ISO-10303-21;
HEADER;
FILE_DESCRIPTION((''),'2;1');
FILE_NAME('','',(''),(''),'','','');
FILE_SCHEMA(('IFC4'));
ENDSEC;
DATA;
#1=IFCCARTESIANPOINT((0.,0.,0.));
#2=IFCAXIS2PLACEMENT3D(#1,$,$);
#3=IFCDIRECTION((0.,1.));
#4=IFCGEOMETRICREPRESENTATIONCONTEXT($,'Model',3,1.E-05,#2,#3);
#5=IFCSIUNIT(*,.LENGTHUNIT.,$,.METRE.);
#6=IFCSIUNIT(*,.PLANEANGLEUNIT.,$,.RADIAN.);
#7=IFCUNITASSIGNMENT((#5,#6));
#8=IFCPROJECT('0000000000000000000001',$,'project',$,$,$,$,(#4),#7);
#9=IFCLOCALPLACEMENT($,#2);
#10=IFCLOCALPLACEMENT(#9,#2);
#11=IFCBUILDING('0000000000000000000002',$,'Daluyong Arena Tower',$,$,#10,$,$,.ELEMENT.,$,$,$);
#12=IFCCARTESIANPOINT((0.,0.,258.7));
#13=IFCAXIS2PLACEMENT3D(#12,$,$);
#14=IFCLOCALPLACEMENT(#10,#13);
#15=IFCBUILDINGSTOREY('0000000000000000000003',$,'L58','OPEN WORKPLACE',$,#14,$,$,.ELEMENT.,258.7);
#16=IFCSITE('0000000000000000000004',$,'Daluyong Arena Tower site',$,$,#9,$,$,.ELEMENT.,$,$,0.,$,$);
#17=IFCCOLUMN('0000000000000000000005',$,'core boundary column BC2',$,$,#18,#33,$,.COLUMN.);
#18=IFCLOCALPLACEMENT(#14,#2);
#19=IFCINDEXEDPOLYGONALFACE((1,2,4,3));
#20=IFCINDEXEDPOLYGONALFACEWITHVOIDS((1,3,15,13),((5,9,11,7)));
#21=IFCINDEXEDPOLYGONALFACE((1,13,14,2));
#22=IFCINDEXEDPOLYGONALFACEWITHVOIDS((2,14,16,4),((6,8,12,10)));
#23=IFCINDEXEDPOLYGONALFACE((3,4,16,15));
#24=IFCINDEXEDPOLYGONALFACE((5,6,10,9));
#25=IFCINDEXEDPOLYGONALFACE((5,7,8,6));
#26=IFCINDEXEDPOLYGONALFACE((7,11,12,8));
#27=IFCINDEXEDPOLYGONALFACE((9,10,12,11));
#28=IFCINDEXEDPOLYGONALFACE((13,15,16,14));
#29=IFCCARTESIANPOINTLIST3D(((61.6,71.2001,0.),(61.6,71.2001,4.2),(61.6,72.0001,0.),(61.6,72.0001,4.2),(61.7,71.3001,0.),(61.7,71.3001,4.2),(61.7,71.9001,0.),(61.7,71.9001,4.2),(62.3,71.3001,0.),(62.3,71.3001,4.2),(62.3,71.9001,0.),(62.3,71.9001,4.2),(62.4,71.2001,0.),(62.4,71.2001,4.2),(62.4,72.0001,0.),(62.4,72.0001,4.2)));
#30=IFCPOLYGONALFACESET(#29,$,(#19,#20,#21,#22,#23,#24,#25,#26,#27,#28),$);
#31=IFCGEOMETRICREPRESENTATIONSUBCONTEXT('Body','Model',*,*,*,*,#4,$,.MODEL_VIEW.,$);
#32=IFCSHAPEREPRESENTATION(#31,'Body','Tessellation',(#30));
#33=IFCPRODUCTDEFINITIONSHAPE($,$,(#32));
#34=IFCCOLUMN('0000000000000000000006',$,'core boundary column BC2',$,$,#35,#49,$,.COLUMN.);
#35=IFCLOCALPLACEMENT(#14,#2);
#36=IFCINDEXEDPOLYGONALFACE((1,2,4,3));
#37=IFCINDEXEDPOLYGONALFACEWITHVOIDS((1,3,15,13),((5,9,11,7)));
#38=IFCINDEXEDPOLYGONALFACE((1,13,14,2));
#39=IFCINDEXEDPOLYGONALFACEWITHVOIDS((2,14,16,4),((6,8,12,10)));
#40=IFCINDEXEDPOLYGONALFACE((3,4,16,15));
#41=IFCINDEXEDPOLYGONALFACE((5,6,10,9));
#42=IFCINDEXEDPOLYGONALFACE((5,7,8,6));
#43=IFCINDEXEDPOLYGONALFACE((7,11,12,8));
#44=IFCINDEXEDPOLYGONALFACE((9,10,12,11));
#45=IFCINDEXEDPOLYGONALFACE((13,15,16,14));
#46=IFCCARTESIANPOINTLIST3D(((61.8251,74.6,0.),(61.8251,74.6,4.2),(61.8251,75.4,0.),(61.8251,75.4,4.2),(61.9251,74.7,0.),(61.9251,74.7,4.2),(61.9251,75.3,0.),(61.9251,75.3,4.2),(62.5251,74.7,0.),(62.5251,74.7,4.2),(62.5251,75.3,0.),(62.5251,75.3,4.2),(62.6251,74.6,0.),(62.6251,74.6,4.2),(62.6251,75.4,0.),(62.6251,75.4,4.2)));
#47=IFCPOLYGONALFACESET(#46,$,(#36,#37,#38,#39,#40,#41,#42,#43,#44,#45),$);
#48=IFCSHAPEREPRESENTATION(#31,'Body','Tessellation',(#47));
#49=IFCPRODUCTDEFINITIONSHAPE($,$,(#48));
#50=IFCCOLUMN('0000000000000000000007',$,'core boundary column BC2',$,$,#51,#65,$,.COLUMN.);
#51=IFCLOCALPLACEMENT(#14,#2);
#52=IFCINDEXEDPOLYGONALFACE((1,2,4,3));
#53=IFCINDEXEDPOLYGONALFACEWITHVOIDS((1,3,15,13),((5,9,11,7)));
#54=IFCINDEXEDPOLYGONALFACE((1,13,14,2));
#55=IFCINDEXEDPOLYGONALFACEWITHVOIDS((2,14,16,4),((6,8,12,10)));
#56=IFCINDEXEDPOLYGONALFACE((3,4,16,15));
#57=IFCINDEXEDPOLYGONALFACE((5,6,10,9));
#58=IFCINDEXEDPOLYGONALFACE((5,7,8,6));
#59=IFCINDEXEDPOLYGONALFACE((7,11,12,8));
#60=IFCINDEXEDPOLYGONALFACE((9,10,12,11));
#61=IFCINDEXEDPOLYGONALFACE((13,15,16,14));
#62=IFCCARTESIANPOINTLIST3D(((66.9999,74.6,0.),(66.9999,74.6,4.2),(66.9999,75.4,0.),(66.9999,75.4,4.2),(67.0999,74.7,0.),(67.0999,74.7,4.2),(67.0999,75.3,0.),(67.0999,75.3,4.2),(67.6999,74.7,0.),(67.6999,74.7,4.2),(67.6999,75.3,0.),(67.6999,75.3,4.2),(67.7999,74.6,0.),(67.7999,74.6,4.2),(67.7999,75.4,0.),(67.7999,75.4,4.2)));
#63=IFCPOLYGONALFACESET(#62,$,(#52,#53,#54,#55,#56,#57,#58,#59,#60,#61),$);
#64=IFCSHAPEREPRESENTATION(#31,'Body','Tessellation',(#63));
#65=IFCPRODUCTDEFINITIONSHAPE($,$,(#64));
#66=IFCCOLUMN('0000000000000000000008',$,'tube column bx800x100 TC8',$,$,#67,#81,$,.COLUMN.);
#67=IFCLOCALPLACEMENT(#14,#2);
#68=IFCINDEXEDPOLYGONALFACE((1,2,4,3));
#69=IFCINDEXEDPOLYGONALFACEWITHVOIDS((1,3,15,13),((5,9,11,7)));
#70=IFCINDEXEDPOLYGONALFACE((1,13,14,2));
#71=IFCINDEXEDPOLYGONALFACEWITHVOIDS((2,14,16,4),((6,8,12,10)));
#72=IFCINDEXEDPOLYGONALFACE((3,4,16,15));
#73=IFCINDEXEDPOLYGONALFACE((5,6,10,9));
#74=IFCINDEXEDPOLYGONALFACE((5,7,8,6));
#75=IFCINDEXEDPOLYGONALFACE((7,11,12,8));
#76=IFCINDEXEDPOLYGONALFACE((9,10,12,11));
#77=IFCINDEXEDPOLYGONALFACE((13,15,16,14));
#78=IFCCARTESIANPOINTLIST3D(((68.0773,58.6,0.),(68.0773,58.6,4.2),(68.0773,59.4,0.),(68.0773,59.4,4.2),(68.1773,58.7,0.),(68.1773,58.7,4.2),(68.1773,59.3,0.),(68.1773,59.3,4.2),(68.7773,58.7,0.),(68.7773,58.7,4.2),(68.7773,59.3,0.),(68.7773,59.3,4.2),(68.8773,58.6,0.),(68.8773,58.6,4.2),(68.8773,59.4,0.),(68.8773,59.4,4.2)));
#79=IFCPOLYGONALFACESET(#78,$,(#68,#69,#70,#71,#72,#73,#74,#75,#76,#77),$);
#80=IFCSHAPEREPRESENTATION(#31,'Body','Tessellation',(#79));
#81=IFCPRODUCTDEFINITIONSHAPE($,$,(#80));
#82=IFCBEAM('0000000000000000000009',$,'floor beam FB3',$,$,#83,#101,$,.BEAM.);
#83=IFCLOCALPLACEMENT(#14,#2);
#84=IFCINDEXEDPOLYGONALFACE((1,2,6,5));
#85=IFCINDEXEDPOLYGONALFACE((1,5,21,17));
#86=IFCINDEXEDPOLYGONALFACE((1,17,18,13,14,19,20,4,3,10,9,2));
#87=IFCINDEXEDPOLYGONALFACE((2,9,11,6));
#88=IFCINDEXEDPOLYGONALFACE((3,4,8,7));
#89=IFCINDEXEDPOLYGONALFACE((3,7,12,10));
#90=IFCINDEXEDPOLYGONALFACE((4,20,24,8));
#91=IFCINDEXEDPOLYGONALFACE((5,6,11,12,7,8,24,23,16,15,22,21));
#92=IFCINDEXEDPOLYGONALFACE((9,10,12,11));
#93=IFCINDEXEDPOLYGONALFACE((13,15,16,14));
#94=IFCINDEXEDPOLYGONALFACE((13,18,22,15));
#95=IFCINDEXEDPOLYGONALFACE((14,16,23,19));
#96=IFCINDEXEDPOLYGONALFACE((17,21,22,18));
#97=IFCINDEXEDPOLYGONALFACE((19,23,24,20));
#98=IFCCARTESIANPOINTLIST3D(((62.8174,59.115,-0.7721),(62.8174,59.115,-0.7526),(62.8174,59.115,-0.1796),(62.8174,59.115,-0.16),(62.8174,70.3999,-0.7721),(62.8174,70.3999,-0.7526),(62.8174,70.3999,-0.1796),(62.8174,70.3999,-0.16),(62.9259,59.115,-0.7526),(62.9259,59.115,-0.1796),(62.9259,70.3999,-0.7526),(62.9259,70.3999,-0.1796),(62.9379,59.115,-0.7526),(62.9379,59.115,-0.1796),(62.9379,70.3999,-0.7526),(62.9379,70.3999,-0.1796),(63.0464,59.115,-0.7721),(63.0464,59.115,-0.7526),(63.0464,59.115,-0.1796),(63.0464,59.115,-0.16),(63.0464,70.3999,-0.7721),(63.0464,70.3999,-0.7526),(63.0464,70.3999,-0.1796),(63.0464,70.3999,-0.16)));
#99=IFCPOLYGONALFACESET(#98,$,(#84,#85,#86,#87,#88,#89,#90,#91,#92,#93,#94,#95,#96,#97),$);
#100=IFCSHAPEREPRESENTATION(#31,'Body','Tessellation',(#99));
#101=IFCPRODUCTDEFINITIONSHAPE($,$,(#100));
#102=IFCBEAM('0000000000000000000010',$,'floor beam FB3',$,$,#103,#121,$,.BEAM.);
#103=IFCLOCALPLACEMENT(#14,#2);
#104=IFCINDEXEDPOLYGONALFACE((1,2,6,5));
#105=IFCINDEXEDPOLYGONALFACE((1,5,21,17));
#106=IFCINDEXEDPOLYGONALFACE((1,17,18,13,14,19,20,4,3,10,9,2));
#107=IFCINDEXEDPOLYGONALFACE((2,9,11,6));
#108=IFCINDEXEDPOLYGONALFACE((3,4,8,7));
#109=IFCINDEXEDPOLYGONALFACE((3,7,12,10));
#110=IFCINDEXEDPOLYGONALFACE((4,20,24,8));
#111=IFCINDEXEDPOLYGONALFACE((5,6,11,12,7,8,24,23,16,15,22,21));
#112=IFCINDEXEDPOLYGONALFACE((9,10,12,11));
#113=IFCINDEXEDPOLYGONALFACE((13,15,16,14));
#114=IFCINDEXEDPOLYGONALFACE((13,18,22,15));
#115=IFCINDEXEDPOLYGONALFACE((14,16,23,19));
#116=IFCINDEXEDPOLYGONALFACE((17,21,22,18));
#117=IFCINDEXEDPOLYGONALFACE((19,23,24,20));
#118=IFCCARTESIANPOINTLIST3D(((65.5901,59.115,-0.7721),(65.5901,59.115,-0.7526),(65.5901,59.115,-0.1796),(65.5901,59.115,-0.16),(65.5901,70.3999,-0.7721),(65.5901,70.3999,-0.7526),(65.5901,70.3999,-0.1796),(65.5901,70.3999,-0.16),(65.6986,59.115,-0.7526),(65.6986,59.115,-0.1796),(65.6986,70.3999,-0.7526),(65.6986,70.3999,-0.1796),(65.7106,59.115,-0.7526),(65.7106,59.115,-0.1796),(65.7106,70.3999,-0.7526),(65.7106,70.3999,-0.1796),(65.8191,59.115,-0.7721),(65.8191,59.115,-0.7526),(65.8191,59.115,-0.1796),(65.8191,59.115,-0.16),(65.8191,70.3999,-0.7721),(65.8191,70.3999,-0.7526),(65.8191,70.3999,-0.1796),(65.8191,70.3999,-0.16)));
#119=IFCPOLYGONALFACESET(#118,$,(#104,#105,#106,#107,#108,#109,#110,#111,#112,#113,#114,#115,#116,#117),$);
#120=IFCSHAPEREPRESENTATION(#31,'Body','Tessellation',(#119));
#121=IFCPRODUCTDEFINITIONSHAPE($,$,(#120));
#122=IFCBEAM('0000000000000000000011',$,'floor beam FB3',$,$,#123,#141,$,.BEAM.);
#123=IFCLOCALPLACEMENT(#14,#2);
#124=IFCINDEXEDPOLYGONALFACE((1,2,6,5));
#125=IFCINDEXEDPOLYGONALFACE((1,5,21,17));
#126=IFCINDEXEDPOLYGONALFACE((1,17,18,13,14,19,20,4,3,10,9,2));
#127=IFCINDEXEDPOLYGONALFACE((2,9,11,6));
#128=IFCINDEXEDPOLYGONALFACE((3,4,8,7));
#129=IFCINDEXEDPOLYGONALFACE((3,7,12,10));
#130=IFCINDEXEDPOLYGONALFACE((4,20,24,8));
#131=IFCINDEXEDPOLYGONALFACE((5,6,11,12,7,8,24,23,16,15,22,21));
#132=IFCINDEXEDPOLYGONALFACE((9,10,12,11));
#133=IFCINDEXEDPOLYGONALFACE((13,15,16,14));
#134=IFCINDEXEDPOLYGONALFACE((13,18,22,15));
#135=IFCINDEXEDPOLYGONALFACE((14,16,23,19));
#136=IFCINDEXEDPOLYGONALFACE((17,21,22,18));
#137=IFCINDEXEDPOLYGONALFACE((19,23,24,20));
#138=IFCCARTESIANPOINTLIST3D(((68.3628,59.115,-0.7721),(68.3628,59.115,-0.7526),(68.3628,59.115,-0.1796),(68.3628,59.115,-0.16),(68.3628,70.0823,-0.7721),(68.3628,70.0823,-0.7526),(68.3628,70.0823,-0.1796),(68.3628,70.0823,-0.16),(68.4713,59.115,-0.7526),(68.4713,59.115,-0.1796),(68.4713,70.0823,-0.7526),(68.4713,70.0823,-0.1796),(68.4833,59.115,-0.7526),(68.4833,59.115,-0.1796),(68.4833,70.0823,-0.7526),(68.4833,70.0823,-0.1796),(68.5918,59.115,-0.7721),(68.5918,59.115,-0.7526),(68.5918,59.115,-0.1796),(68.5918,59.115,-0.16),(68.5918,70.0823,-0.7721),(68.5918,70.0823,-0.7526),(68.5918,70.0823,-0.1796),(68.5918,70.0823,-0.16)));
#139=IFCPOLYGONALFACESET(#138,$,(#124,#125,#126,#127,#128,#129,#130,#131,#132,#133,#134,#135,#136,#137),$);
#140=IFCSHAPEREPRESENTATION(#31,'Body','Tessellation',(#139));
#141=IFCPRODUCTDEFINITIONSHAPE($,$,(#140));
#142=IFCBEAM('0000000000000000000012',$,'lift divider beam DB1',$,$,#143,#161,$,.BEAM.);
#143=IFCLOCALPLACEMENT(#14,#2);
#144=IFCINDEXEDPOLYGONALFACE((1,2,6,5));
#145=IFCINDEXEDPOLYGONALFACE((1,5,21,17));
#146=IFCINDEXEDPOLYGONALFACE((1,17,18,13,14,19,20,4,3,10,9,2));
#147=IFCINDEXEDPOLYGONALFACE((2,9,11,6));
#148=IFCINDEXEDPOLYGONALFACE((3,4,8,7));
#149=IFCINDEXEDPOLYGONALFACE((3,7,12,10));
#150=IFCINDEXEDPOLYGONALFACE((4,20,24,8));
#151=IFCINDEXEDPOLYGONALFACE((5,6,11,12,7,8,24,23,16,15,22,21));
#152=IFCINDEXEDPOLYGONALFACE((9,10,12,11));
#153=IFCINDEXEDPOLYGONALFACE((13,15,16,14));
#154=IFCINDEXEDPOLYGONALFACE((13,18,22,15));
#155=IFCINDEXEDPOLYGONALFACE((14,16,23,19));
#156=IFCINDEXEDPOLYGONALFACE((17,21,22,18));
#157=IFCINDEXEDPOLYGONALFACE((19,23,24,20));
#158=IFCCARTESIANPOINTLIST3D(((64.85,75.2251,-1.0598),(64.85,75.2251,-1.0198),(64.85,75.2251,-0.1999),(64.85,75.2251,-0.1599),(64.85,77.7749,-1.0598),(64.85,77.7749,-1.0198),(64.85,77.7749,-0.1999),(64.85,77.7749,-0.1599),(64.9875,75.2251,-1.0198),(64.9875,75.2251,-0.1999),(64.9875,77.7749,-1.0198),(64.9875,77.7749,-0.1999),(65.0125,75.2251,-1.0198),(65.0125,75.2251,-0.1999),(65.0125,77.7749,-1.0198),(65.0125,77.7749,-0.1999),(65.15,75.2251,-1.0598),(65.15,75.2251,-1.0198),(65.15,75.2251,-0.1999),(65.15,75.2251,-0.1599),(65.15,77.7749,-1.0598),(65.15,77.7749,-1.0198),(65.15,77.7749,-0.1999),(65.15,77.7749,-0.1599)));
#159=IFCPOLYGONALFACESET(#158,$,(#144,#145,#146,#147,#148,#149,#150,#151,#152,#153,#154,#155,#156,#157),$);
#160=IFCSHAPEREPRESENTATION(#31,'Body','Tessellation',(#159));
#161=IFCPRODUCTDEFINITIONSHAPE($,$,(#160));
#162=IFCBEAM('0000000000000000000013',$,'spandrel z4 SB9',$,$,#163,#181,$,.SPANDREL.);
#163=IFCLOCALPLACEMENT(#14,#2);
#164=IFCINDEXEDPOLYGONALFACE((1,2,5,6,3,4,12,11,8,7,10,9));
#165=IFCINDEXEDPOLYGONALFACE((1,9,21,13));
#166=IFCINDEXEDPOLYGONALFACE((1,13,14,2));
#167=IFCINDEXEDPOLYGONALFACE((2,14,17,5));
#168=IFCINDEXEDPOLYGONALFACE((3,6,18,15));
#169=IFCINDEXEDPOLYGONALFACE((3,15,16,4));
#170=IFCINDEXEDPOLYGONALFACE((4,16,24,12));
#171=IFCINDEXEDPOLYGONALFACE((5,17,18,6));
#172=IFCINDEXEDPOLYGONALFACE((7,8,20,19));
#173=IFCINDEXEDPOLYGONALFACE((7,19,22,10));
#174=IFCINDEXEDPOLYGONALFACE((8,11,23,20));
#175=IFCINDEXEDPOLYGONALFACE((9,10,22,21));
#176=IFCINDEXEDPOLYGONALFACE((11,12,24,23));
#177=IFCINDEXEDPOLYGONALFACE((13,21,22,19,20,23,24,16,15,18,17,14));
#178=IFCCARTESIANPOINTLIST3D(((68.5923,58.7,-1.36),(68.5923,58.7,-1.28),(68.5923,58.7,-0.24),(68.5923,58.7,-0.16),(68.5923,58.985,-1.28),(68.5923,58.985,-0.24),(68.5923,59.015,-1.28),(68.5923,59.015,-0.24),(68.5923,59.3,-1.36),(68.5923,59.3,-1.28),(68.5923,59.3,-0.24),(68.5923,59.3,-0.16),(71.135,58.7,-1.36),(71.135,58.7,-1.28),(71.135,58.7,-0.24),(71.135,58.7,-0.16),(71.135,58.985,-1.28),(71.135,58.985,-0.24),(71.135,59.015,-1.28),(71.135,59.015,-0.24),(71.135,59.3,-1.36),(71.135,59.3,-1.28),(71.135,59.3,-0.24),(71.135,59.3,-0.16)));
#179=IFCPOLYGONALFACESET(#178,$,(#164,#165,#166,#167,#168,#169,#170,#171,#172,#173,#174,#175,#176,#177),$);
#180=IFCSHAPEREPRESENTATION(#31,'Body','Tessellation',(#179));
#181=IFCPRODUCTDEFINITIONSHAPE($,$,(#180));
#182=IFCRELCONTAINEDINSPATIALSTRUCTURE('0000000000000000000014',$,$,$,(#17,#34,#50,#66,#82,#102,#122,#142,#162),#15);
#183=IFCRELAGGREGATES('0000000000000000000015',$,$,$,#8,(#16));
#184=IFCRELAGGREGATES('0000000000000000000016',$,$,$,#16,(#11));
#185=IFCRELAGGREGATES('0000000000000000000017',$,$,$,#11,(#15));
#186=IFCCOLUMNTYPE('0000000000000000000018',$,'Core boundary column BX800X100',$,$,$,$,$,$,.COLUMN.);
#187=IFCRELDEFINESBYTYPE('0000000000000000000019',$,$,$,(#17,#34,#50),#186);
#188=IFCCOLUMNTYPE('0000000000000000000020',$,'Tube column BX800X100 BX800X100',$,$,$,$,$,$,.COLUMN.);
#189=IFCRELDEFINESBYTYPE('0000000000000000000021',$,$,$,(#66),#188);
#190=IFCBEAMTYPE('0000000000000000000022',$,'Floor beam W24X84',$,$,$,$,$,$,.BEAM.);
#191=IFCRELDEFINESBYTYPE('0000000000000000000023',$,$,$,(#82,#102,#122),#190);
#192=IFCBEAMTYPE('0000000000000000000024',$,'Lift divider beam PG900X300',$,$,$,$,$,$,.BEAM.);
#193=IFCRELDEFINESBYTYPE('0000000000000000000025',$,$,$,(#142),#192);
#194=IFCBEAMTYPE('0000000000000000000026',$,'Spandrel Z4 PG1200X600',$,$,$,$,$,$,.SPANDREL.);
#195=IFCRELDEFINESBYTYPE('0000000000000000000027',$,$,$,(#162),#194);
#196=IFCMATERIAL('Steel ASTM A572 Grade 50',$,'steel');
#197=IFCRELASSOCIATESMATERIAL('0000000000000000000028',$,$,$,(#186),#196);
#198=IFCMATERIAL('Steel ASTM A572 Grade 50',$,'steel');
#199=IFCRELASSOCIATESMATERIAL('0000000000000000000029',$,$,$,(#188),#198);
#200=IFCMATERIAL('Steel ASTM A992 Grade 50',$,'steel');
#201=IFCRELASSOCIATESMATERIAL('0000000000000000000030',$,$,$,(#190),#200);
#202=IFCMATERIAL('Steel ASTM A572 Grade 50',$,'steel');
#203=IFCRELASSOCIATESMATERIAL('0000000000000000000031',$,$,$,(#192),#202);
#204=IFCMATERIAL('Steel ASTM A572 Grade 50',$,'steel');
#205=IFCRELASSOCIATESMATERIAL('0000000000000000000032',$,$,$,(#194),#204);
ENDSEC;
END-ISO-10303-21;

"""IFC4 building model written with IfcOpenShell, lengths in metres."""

from ifc_helpers import new_model, si_unit, direction, frame, origin, origin_2d, place, context, subcontext, project, spatial, hollow_rectangle, i_section, extrude, material, material_profile, profile_set, type_object, element, save


model = new_model("IFC4")

# Units and contexts
model_context = context("Model", 3, precision=1e-05, world=origin(), true_north=direction((0.0, 1.0)))
body_context = subcontext(model_context, "Body", "Model", "MODEL_VIEW")
ifc_project = project(units=[si_unit("LENGTHUNIT", "METRE"), si_unit("PLANEANGLEUNIT", "RADIAN")], contexts=[model_context])

# Site, building, storey
site_placement = place(None, origin())
site = spatial("IfcSite", under=ifc_project, at=site_placement, Name="Daluyong Arena Tower site", CompositionType="ELEMENT", RefElevation=0.0)
building_placement = place(site_placement, origin())
building = spatial("IfcBuilding", under=site, at=building_placement, Name="Daluyong Arena Tower", CompositionType="ELEMENT")
storey_placement = place(building_placement, frame((0.0, 0.0, 258.7)))
storey = spatial("IfcBuildingStorey", under=building, at=storey_placement, Name="L58", Description="OPEN WORKPLACE", CompositionType="ELEMENT", Elevation=258.7)

# Columns
ifc_material_1 = material(Name="Steel ASTM A572 Grade 50", Category="steel")
ifc_material_profile_1 = material_profile(ifc_material_1, hollow_rectangle(XDim=0.8, YDim=0.8, WallThickness=0.1, at=origin_2d()))
ifc_profile_set_1 = profile_set([ifc_material_profile_1], Name="Steel ASTM A572 Grade 50")
column_type_1 = type_object("IfcColumnType", Name="Core boundary column BX800X100", PredefinedType="COLUMN", material=ifc_profile_set_1)
for number, where, z_axis, x_axis, name in (
    (1, (62.0, 71.6001, 0.0), (0.0, 0.0, 1.0), (1.0, 0.0, 0.0), "core boundary column BC2"),
    (2, (62.2251, 75.0, 0.0), (0.0, 0.0, 1.0), (1.0, 0.0, 0.0), "core boundary column BC2"),
    (3, (67.3999, 75.0, 0.0), (0.0, 0.0, 1.0), (1.0, 0.0, 0.0), "core boundary column BC2"),
):
    element("IfcColumn", number, at=place(storey_placement, frame(where, z_axis=z_axis, x_axis=x_axis)), inside=storey, type_object=column_type_1, Name=name, PredefinedType="COLUMN", context=body_context, shape_type="SweptSolid", body=[
        extrude(hollow_rectangle(XDim=0.8, YDim=0.8, WallThickness=0.1, at=origin_2d()), origin(), (0.0, 0.0, 1.0), 4.2),
    ])
ifc_material_2 = material(Name="Steel ASTM A572 Grade 50", Category="steel")
ifc_material_profile_2 = material_profile(ifc_material_2, hollow_rectangle(XDim=0.8, YDim=0.8, WallThickness=0.1, at=origin_2d()))
ifc_profile_set_2 = profile_set([ifc_material_profile_2], Name="Steel ASTM A572 Grade 50")
column_type_2 = type_object("IfcColumnType", Name="Tube column BX800X100 BX800X100", PredefinedType="COLUMN", material=ifc_profile_set_2)
column_placement = place(storey_placement, frame((68.4773, 59.0, 0.0), z_axis=(0.0, 0.0, 1.0), x_axis=(1.0, 0.0, 0.0)))
element("IfcColumn", 4, at=column_placement, inside=storey, type_object=column_type_2, Name="tube column bx800x100 TC8", PredefinedType="COLUMN", context=body_context, shape_type="SweptSolid", body=[
    extrude(hollow_rectangle(XDim=0.8, YDim=0.8, WallThickness=0.1, at=origin_2d()), origin(), (0.0, 0.0, 1.0), 4.2),
])

# Beams
ifc_material_3 = material(Name="Steel ASTM A992 Grade 50", Category="steel")
ifc_material_profile_3 = material_profile(ifc_material_3, i_section(OverallWidth=0.229, OverallDepth=0.6121, WebThickness=0.012, FlangeThickness=0.0195, at=origin_2d()))
ifc_profile_set_3 = profile_set([ifc_material_profile_3], Name="Steel ASTM A992 Grade 50")
beam_type_1 = type_object("IfcBeamType", Name="Floor beam W24X84", PredefinedType="BEAM", material=ifc_profile_set_3)
for number, where, z_axis, x_axis, name in (
    (5, (62.9319, 59.115, -0.4661), (0.0, 1.0, 0.0), (-1.0, 0.0, 0.0), "floor beam FB3"),
    (6, (65.7046, 59.115, -0.4661), (0.0, 1.0, 0.0), (-1.0, 0.0, 0.0), "floor beam FB3"),
):
    element("IfcBeam", number, at=place(storey_placement, frame(where, z_axis=z_axis, x_axis=x_axis)), inside=storey, type_object=beam_type_1, Name=name, PredefinedType="BEAM", context=body_context, shape_type="SweptSolid", body=[
        extrude(i_section(OverallWidth=0.229, OverallDepth=0.6121, WebThickness=0.012, FlangeThickness=0.0195, at=origin_2d()), origin(), (0.0, 0.0, 1.0), 11.2849),
    ])
beam_1_placement = place(storey_placement, frame((68.4773, 59.115, -0.4661), z_axis=(0.0, 1.0, 0.0), x_axis=(-1.0, 0.0, 0.0)))
element("IfcBeam", 7, at=beam_1_placement, inside=storey, type_object=beam_type_1, Name="floor beam FB3", PredefinedType="BEAM", context=body_context, shape_type="SweptSolid", body=[
    extrude(i_section(OverallWidth=0.229, OverallDepth=0.6121, WebThickness=0.012, FlangeThickness=0.0195, at=origin_2d()), origin(), (0.0, 0.0, 1.0), 10.9673),
])
ifc_material_4 = material(Name="Steel ASTM A572 Grade 50", Category="steel")
ifc_material_profile_4 = material_profile(ifc_material_4, i_section(OverallWidth=0.3, OverallDepth=0.8999, WebThickness=0.025, FlangeThickness=0.04, at=origin_2d()))
ifc_profile_set_4 = profile_set([ifc_material_profile_4], Name="Steel ASTM A572 Grade 50")
beam_type_2 = type_object("IfcBeamType", Name="Lift divider beam PG900X300", PredefinedType="BEAM", material=ifc_profile_set_4)
beam_2_placement = place(storey_placement, frame((65.0, 75.2251, -0.6099), z_axis=(0.0, 1.0, 0.0), x_axis=(-1.0, 0.0, 0.0)))
element("IfcBeam", 8, at=beam_2_placement, inside=storey, type_object=beam_type_2, Name="lift divider beam DB1", PredefinedType="BEAM", context=body_context, shape_type="SweptSolid", body=[
    extrude(i_section(OverallWidth=0.3, OverallDepth=0.8999, WebThickness=0.025, FlangeThickness=0.04, at=origin_2d()), origin(), (0.0, 0.0, 1.0), 2.5498),
])
ifc_material_5 = material(Name="Steel ASTM A572 Grade 50", Category="steel")
ifc_material_profile_5 = material_profile(ifc_material_5, i_section(OverallWidth=0.6001, OverallDepth=1.2, WebThickness=0.03, FlangeThickness=0.08, at=origin_2d()))
ifc_profile_set_5 = profile_set([ifc_material_profile_5], Name="Steel ASTM A572 Grade 50")
beam_type_3 = type_object("IfcBeamType", Name="Spandrel Z4 PG1200X600", PredefinedType="SPANDREL", material=ifc_profile_set_5)
beam_3_placement = place(storey_placement, frame((68.5923, 59.0, -0.76), z_axis=(1.0, 0.0, 0.0), x_axis=(0.0, 1.0, 0.0)))
element("IfcBeam", 9, at=beam_3_placement, inside=storey, type_object=beam_type_3, Name="spandrel z4 SB9", PredefinedType="SPANDREL", context=body_context, shape_type="SweptSolid", body=[
    extrude(i_section(OverallWidth=0.6001, OverallDepth=1.2, WebThickness=0.03, FlangeThickness=0.08, at=origin_2d()), origin(), (0.0, 0.0, 1.0), 2.5427),
])

save(model, "model.ifc")
